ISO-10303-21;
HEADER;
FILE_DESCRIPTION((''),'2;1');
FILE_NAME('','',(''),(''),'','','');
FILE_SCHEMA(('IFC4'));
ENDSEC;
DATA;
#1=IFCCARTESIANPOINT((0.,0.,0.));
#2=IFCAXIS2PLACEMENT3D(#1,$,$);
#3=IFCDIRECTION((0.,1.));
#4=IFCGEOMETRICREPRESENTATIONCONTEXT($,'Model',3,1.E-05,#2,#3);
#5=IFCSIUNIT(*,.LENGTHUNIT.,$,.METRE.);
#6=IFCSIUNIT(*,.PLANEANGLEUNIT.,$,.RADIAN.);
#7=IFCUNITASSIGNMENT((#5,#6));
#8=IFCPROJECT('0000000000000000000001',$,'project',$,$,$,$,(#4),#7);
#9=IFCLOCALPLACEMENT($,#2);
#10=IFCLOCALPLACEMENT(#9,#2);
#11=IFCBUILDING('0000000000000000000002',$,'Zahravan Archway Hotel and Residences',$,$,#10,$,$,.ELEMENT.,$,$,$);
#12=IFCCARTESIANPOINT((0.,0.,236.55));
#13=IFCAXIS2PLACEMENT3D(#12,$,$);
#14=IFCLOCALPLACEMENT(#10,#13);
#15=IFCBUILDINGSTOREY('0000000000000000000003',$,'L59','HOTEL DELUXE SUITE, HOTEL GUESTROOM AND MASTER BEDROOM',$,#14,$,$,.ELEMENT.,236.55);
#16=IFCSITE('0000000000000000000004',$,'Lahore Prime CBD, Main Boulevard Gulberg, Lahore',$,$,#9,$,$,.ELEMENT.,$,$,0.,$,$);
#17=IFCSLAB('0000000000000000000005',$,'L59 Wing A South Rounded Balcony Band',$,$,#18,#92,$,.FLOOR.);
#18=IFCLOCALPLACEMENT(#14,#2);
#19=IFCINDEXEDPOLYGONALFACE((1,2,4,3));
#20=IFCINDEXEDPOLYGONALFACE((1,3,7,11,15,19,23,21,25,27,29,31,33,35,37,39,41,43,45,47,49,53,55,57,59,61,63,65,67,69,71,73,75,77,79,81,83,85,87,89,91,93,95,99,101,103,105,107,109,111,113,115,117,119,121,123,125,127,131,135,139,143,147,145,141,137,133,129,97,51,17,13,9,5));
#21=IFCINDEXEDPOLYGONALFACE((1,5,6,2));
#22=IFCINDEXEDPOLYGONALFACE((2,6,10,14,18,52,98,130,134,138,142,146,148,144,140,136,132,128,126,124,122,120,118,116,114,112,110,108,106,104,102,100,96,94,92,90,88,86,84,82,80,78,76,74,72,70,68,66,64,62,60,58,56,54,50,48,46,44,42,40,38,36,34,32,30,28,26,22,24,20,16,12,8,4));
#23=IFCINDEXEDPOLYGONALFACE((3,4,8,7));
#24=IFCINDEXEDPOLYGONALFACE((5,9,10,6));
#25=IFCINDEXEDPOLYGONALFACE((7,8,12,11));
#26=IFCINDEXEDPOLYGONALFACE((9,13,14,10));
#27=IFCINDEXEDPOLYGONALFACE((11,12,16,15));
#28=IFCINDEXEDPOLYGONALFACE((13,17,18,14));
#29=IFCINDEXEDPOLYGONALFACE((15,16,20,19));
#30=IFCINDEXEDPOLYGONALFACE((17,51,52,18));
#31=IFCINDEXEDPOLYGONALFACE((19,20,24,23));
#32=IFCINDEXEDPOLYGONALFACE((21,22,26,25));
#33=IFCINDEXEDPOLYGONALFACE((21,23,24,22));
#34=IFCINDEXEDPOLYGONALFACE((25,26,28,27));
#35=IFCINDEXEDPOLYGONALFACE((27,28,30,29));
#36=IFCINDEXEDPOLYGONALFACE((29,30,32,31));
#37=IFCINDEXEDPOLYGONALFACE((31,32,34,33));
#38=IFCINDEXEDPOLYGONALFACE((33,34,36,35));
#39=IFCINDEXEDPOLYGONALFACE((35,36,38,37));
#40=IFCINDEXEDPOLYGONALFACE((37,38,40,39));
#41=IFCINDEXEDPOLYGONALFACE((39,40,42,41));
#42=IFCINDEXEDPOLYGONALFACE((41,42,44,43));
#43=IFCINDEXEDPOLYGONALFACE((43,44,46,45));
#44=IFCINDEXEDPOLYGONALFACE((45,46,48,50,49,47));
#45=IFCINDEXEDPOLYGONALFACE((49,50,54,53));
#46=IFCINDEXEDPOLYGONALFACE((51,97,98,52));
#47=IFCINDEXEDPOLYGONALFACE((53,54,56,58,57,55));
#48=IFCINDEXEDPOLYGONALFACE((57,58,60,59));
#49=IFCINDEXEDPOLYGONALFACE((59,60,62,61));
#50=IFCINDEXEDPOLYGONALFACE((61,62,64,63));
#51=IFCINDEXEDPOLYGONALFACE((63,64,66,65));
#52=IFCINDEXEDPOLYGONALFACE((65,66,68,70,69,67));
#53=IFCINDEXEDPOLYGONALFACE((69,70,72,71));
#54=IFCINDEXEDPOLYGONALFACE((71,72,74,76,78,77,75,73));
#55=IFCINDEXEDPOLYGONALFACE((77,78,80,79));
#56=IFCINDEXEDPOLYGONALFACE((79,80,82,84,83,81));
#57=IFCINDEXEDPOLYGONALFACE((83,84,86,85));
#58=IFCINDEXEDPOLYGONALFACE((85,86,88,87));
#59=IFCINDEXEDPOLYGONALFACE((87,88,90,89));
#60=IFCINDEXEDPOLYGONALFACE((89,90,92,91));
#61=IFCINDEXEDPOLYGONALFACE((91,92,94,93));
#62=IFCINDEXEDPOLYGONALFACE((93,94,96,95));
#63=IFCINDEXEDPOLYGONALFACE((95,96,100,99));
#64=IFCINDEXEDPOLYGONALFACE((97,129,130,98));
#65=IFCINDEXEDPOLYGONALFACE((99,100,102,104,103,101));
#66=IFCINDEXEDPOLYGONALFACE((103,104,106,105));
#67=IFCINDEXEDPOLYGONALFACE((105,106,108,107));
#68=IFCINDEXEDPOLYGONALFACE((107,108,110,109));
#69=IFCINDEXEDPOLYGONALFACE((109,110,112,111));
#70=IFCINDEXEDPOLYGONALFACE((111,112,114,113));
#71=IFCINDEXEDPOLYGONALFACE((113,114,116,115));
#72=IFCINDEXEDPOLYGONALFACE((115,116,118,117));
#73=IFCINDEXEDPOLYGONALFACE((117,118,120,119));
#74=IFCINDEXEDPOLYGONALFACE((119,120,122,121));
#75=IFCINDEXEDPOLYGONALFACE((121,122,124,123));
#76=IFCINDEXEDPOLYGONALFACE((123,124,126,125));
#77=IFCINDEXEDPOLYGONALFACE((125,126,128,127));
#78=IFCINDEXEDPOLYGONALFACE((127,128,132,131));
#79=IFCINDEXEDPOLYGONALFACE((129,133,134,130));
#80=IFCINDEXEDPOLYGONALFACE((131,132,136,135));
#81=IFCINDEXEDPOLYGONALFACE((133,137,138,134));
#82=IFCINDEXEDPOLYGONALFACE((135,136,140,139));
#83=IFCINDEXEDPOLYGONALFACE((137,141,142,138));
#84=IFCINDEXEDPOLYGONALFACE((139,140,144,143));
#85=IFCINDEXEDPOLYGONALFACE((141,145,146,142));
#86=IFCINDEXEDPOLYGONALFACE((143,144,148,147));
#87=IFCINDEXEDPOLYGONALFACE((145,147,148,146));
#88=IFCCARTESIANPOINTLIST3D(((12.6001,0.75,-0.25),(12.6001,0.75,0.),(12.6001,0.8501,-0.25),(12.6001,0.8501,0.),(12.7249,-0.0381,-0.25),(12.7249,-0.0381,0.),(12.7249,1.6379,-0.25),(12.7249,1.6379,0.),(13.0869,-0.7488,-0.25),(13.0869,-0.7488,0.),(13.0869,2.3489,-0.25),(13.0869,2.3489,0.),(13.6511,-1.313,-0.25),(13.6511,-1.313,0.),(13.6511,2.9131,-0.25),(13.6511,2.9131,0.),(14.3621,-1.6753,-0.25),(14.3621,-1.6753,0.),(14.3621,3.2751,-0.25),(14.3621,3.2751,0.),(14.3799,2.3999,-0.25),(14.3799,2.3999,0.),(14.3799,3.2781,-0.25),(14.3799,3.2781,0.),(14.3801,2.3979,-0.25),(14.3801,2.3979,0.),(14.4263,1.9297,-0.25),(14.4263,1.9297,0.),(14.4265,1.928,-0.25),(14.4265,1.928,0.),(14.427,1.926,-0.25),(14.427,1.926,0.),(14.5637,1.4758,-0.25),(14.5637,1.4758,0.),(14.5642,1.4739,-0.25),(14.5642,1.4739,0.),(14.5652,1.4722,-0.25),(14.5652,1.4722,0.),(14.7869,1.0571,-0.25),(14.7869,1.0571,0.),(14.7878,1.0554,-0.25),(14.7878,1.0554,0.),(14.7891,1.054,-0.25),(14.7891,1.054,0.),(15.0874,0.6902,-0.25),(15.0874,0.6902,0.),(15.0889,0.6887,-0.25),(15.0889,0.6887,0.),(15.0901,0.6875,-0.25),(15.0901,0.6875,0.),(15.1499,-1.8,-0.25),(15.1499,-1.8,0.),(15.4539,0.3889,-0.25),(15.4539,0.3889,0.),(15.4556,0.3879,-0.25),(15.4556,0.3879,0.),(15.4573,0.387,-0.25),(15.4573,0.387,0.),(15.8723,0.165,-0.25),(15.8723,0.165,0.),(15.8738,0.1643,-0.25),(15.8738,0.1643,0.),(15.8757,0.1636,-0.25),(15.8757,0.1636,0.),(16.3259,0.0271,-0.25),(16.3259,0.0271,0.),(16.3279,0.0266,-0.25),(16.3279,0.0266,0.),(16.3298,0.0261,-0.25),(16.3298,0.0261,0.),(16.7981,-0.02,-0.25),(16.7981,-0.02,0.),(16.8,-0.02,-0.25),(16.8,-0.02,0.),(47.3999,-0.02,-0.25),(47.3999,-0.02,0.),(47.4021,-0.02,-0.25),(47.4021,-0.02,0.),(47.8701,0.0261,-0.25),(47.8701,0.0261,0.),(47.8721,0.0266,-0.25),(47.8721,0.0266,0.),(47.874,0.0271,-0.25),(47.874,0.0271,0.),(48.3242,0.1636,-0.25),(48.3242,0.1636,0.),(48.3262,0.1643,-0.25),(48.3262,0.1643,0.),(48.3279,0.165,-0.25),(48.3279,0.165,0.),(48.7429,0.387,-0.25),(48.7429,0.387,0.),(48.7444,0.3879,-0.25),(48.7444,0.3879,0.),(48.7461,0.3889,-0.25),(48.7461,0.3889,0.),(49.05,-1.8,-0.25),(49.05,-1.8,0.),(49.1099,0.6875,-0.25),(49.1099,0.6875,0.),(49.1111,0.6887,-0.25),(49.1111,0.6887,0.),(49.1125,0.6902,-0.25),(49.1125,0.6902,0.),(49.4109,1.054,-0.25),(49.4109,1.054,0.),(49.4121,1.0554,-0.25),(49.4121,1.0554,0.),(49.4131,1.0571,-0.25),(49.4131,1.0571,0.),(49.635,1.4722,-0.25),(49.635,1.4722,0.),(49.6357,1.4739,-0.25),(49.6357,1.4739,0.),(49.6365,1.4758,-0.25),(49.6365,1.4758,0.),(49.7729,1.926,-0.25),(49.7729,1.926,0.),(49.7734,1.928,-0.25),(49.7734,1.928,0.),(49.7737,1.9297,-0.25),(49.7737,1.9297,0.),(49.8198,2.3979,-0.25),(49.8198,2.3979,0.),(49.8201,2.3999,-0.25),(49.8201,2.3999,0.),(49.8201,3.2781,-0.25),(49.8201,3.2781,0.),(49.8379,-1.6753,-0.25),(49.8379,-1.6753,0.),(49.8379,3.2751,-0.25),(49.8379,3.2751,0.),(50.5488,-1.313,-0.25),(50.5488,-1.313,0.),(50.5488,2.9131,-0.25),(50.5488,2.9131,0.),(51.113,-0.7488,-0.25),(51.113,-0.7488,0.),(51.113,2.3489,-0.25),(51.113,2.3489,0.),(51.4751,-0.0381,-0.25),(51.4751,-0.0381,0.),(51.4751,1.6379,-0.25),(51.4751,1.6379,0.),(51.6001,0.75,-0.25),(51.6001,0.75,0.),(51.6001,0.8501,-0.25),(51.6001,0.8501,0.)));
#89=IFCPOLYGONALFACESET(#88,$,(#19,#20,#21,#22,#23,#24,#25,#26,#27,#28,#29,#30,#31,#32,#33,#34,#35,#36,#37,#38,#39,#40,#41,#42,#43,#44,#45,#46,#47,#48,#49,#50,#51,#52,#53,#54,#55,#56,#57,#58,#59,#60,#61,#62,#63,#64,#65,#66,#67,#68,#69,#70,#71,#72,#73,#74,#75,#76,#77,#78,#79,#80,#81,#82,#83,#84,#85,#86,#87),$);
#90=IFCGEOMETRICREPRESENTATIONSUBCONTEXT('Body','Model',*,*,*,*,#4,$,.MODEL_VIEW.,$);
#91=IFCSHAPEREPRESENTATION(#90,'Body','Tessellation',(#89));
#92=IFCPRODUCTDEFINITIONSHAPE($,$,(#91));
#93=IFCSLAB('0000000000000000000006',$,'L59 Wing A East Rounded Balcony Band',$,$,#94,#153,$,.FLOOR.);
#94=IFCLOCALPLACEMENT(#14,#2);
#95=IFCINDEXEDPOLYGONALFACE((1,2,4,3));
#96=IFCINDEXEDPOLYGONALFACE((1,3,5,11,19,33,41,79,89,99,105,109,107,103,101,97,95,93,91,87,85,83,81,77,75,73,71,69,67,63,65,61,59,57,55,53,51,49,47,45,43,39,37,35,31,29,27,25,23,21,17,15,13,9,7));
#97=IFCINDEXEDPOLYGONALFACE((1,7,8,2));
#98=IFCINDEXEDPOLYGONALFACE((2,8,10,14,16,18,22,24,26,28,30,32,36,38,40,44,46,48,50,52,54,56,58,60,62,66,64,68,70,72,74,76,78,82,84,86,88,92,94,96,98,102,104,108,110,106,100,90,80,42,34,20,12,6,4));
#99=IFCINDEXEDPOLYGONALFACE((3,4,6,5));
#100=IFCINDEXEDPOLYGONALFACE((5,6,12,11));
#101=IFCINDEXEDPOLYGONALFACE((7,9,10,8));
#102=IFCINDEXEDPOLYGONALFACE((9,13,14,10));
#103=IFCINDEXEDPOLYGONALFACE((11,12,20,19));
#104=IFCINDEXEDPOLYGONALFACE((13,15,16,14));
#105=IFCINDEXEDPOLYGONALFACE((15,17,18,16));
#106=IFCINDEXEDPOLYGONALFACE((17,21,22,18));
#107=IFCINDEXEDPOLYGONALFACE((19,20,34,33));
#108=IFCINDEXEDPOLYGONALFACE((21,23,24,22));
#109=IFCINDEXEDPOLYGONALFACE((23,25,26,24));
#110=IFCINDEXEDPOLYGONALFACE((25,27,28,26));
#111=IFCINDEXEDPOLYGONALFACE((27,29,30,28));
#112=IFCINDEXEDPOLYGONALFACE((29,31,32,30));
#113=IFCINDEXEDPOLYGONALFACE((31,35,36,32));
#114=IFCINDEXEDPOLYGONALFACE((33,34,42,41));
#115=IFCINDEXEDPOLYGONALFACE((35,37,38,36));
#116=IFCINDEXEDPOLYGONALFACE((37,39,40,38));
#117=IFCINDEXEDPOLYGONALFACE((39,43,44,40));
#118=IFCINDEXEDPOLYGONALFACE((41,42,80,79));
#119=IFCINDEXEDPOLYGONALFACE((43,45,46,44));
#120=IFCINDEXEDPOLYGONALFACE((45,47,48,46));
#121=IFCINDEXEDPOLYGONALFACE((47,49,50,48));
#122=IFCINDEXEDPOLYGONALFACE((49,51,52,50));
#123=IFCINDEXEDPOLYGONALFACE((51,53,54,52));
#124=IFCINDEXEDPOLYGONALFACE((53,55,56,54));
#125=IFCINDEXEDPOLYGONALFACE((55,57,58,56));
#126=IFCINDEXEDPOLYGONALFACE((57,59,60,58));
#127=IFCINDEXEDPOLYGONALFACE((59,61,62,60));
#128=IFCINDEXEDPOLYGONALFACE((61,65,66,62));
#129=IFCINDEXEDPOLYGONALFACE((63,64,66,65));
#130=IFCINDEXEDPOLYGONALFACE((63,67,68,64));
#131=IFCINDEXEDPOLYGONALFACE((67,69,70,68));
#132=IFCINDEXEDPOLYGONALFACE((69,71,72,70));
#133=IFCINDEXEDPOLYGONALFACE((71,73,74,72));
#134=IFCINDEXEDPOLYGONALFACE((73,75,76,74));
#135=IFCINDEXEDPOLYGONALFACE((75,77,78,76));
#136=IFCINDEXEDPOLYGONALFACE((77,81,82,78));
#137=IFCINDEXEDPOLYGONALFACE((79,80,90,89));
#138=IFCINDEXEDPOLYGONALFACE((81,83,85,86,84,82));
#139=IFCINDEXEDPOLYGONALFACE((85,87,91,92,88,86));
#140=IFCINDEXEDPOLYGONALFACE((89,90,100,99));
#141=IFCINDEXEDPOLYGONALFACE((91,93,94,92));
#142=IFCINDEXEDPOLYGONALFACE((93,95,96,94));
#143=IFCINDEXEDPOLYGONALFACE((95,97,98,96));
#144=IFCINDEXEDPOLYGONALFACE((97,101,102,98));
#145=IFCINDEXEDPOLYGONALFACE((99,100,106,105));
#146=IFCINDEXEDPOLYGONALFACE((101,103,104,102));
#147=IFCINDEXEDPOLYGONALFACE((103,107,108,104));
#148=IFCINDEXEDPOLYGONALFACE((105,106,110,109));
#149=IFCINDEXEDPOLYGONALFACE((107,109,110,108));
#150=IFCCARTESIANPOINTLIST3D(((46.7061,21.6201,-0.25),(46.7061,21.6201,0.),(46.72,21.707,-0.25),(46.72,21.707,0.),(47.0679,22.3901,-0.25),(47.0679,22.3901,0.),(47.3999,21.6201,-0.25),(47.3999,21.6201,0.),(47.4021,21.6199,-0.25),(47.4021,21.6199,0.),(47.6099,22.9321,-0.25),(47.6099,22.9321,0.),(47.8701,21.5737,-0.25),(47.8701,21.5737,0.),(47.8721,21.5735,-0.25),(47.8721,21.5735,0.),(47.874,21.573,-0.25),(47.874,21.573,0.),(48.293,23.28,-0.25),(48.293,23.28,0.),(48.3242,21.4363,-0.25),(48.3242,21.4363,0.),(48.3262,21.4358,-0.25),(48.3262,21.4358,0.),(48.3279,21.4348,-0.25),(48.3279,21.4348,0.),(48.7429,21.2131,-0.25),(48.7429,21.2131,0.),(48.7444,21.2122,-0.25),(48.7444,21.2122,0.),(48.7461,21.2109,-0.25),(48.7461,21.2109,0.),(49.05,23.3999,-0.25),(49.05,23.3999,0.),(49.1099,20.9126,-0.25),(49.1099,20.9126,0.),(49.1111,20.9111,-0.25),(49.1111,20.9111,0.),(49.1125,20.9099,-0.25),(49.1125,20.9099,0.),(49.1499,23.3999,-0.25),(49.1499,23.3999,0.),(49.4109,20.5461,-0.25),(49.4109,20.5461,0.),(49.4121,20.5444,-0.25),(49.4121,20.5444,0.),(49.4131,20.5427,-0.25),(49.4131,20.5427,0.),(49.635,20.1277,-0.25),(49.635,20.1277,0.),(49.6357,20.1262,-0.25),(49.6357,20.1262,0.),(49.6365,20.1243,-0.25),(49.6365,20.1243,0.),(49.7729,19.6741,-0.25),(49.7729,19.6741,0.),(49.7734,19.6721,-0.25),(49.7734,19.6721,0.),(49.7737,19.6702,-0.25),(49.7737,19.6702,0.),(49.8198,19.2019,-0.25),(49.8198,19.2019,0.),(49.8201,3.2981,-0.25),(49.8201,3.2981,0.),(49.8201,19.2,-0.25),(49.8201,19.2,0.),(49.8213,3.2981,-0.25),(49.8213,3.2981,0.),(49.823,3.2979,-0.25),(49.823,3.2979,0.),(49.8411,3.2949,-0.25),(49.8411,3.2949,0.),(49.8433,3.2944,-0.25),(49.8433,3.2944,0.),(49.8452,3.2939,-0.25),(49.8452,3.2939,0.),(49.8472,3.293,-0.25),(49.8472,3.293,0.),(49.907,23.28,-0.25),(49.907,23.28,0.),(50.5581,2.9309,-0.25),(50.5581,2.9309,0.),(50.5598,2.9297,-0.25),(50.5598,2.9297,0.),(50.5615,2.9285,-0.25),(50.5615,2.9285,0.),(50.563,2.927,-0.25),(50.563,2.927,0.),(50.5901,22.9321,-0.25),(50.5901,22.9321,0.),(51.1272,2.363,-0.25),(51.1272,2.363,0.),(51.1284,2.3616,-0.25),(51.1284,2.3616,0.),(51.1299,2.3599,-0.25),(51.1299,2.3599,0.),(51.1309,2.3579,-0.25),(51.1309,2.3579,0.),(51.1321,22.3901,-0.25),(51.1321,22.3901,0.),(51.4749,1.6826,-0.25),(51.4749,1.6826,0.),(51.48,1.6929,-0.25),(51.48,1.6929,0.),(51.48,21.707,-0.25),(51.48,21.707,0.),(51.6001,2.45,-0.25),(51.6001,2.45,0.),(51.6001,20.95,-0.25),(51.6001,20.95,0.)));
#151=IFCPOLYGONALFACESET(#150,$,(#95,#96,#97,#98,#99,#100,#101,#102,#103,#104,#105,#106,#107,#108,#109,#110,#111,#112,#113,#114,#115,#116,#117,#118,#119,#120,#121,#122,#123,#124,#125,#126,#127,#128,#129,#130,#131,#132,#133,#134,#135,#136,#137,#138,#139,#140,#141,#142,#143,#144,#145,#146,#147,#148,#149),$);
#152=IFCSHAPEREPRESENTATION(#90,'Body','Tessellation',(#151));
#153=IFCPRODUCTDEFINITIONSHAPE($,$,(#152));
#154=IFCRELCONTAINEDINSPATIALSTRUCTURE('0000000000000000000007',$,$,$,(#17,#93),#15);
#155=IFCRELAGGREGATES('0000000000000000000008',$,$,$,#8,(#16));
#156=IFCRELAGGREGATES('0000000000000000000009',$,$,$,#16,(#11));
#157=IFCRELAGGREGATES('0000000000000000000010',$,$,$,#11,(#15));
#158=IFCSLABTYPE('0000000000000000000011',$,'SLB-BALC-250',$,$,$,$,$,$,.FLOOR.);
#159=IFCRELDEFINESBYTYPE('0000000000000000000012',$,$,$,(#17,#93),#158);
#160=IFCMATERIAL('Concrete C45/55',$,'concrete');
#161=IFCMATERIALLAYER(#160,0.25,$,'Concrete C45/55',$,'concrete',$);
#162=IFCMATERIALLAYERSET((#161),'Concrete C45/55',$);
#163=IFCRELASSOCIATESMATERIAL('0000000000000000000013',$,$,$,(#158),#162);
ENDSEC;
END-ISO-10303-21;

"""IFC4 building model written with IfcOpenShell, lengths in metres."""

from ifc_helpers import new_model, si_unit, direction, frame, origin, place, context, subcontext, project, spatial, polyline, outline, extrude, material, layer, layer_set, type_object, element, save


model = new_model("IFC4")

# Units and contexts
model_context = context("Model", 3, precision=1e-05, world=origin(), true_north=direction((0.0, 1.0)))
body_context = subcontext(model_context, "Body", "Model", "MODEL_VIEW")
ifc_project = project(units=[si_unit("LENGTHUNIT", "METRE"), si_unit("PLANEANGLEUNIT", "RADIAN")], contexts=[model_context])

# Site, building, storey
site_placement = place(None, origin())
site = spatial("IfcSite", under=ifc_project, at=site_placement, Name="Lahore Prime CBD, Main Boulevard Gulberg, Lahore", CompositionType="ELEMENT", RefElevation=0.0)
building_placement = place(site_placement, origin())
building = spatial("IfcBuilding", under=site, at=building_placement, Name="Zahravan Archway Hotel and Residences", CompositionType="ELEMENT")
storey_placement = place(building_placement, frame((0.0, 0.0, 236.55)))
storey = spatial("IfcBuildingStorey", under=building, at=storey_placement, Name="L59", Description="HOTEL DELUXE SUITE, HOTEL GUESTROOM AND MASTER BEDROOM", CompositionType="ELEMENT", Elevation=236.55)

# Slabs
ifc_material_1 = material(Name="Concrete C45/55", Category="concrete")
ifc_layer_1 = layer(ifc_material_1, 0.25, Name="Concrete C45/55", Category="concrete")
ifc_layer_set_1 = layer_set([ifc_layer_1], Name="Concrete C45/55")
slab_type_1 = type_object("IfcSlabType", Name="SLB-BALC-250", PredefinedType="FLOOR", material=ifc_layer_set_1)
slab_1_placement = place(storey_placement, frame((0.0, 0.0, -0.25)))
element("IfcSlab", 1, at=slab_1_placement, inside=storey, type_object=slab_type_1, Name="L59 Wing A South Rounded Balcony Band", PredefinedType="FLOOR", context=body_context, shape_type="SweptSolid", body=[
    extrude(outline(polyline([(49.8379, 3.2751), (50.5488, 2.9131), (51.113, 2.3489), (51.4751, 1.6379), (51.6001, 0.8501), (51.6001, 0.75), (51.4751, -0.0381), (51.113, -0.7488), (50.5488, -1.313), (49.8379, -1.6753), (49.05, -1.8), (15.1499, -1.8), (14.3621, -1.6753), (13.6511, -1.313), (13.0869, -0.7488), (12.7249, -0.0381), (12.6001, 0.75), (12.6001, 0.8501), (12.7249, 1.6379), (13.0869, 2.3489), (13.6511, 2.9131), (14.3621, 3.2751), (14.3799, 3.2781), (14.3799, 2.3999), (14.3801, 2.3979), (14.4263, 1.9297), (14.4265, 1.928), (14.427, 1.926), (14.5637, 1.4758), (14.5642, 1.4739), (14.5652, 1.4722), (14.7869, 1.0571), (14.7878, 1.0554), (14.7891, 1.054), (15.0874, 0.6902), (15.0889, 0.6887), (15.0901, 0.6875), (15.4539, 0.3889), (15.4556, 0.3879), (15.4573, 0.387), (15.8723, 0.165), (15.8738, 0.1643), (15.8757, 0.1636), (16.3259, 0.0271), (16.3279, 0.0266), (16.3298, 0.0261), (16.7981, -0.02), (16.8, -0.02), (47.3999, -0.02), (47.4021, -0.02), (47.8701, 0.0261), (47.8721, 0.0266), (47.874, 0.0271), (48.3242, 0.1636), (48.3262, 0.1643), (48.3279, 0.165), (48.7429, 0.387), (48.7444, 0.3879), (48.7461, 0.3889), (49.1099, 0.6875), (49.1111, 0.6887), (49.1125, 0.6902), (49.4109, 1.054), (49.4121, 1.0554), (49.4131, 1.0571), (49.635, 1.4722), (49.6357, 1.4739), (49.6365, 1.4758), (49.7729, 1.926), (49.7734, 1.928), (49.7737, 1.9297), (49.8198, 2.3979), (49.8201, 2.3999), (49.8201, 3.2781), (49.8379, 3.2751)])), origin(), (0.0, 0.0, 1.0), 0.25),
])
slab_2_placement = place(storey_placement, frame((0.0, 0.0, -0.25)))
element("IfcSlab", 2, at=slab_2_placement, inside=storey, type_object=slab_type_1, Name="L59 Wing A East Rounded Balcony Band", PredefinedType="FLOOR", context=body_context, shape_type="SweptSolid", body=[
    extrude(outline(polyline([(46.72, 21.707), (47.0679, 22.3901), (47.6099, 22.9321), (48.293, 23.28), (49.05, 23.3999), (49.1499, 23.3999), (49.907, 23.28), (50.5901, 22.9321), (51.1321, 22.3901), (51.48, 21.707), (51.6001, 20.95), (51.6001, 2.45), (51.48, 1.6929), (51.4749, 1.6826), (51.1309, 2.3579), (51.1299, 2.3599), (51.1284, 2.3616), (51.1272, 2.363), (50.563, 2.927), (50.5615, 2.9285), (50.5598, 2.9297), (50.5581, 2.9309), (49.8472, 3.293), (49.8452, 3.2939), (49.8433, 3.2944), (49.8411, 3.2949), (49.823, 3.2979), (49.8213, 3.2981), (49.8201, 3.2981), (49.8201, 19.2), (49.8198, 19.2019), (49.7737, 19.6702), (49.7734, 19.6721), (49.7729, 19.6741), (49.6365, 20.1243), (49.6357, 20.1262), (49.635, 20.1277), (49.4131, 20.5427), (49.4121, 20.5444), (49.4109, 20.5461), (49.1125, 20.9099), (49.1111, 20.9111), (49.1099, 20.9126), (48.7461, 21.2109), (48.7444, 21.2122), (48.7429, 21.2131), (48.3279, 21.4348), (48.3262, 21.4358), (48.3242, 21.4363), (47.874, 21.573), (47.8721, 21.5735), (47.8701, 21.5737), (47.4021, 21.6199), (47.3999, 21.6201), (46.7061, 21.6201), (46.72, 21.707)])), origin(), (0.0, 0.0, 1.0), 0.25),
])

save(model, "model.ifc")
